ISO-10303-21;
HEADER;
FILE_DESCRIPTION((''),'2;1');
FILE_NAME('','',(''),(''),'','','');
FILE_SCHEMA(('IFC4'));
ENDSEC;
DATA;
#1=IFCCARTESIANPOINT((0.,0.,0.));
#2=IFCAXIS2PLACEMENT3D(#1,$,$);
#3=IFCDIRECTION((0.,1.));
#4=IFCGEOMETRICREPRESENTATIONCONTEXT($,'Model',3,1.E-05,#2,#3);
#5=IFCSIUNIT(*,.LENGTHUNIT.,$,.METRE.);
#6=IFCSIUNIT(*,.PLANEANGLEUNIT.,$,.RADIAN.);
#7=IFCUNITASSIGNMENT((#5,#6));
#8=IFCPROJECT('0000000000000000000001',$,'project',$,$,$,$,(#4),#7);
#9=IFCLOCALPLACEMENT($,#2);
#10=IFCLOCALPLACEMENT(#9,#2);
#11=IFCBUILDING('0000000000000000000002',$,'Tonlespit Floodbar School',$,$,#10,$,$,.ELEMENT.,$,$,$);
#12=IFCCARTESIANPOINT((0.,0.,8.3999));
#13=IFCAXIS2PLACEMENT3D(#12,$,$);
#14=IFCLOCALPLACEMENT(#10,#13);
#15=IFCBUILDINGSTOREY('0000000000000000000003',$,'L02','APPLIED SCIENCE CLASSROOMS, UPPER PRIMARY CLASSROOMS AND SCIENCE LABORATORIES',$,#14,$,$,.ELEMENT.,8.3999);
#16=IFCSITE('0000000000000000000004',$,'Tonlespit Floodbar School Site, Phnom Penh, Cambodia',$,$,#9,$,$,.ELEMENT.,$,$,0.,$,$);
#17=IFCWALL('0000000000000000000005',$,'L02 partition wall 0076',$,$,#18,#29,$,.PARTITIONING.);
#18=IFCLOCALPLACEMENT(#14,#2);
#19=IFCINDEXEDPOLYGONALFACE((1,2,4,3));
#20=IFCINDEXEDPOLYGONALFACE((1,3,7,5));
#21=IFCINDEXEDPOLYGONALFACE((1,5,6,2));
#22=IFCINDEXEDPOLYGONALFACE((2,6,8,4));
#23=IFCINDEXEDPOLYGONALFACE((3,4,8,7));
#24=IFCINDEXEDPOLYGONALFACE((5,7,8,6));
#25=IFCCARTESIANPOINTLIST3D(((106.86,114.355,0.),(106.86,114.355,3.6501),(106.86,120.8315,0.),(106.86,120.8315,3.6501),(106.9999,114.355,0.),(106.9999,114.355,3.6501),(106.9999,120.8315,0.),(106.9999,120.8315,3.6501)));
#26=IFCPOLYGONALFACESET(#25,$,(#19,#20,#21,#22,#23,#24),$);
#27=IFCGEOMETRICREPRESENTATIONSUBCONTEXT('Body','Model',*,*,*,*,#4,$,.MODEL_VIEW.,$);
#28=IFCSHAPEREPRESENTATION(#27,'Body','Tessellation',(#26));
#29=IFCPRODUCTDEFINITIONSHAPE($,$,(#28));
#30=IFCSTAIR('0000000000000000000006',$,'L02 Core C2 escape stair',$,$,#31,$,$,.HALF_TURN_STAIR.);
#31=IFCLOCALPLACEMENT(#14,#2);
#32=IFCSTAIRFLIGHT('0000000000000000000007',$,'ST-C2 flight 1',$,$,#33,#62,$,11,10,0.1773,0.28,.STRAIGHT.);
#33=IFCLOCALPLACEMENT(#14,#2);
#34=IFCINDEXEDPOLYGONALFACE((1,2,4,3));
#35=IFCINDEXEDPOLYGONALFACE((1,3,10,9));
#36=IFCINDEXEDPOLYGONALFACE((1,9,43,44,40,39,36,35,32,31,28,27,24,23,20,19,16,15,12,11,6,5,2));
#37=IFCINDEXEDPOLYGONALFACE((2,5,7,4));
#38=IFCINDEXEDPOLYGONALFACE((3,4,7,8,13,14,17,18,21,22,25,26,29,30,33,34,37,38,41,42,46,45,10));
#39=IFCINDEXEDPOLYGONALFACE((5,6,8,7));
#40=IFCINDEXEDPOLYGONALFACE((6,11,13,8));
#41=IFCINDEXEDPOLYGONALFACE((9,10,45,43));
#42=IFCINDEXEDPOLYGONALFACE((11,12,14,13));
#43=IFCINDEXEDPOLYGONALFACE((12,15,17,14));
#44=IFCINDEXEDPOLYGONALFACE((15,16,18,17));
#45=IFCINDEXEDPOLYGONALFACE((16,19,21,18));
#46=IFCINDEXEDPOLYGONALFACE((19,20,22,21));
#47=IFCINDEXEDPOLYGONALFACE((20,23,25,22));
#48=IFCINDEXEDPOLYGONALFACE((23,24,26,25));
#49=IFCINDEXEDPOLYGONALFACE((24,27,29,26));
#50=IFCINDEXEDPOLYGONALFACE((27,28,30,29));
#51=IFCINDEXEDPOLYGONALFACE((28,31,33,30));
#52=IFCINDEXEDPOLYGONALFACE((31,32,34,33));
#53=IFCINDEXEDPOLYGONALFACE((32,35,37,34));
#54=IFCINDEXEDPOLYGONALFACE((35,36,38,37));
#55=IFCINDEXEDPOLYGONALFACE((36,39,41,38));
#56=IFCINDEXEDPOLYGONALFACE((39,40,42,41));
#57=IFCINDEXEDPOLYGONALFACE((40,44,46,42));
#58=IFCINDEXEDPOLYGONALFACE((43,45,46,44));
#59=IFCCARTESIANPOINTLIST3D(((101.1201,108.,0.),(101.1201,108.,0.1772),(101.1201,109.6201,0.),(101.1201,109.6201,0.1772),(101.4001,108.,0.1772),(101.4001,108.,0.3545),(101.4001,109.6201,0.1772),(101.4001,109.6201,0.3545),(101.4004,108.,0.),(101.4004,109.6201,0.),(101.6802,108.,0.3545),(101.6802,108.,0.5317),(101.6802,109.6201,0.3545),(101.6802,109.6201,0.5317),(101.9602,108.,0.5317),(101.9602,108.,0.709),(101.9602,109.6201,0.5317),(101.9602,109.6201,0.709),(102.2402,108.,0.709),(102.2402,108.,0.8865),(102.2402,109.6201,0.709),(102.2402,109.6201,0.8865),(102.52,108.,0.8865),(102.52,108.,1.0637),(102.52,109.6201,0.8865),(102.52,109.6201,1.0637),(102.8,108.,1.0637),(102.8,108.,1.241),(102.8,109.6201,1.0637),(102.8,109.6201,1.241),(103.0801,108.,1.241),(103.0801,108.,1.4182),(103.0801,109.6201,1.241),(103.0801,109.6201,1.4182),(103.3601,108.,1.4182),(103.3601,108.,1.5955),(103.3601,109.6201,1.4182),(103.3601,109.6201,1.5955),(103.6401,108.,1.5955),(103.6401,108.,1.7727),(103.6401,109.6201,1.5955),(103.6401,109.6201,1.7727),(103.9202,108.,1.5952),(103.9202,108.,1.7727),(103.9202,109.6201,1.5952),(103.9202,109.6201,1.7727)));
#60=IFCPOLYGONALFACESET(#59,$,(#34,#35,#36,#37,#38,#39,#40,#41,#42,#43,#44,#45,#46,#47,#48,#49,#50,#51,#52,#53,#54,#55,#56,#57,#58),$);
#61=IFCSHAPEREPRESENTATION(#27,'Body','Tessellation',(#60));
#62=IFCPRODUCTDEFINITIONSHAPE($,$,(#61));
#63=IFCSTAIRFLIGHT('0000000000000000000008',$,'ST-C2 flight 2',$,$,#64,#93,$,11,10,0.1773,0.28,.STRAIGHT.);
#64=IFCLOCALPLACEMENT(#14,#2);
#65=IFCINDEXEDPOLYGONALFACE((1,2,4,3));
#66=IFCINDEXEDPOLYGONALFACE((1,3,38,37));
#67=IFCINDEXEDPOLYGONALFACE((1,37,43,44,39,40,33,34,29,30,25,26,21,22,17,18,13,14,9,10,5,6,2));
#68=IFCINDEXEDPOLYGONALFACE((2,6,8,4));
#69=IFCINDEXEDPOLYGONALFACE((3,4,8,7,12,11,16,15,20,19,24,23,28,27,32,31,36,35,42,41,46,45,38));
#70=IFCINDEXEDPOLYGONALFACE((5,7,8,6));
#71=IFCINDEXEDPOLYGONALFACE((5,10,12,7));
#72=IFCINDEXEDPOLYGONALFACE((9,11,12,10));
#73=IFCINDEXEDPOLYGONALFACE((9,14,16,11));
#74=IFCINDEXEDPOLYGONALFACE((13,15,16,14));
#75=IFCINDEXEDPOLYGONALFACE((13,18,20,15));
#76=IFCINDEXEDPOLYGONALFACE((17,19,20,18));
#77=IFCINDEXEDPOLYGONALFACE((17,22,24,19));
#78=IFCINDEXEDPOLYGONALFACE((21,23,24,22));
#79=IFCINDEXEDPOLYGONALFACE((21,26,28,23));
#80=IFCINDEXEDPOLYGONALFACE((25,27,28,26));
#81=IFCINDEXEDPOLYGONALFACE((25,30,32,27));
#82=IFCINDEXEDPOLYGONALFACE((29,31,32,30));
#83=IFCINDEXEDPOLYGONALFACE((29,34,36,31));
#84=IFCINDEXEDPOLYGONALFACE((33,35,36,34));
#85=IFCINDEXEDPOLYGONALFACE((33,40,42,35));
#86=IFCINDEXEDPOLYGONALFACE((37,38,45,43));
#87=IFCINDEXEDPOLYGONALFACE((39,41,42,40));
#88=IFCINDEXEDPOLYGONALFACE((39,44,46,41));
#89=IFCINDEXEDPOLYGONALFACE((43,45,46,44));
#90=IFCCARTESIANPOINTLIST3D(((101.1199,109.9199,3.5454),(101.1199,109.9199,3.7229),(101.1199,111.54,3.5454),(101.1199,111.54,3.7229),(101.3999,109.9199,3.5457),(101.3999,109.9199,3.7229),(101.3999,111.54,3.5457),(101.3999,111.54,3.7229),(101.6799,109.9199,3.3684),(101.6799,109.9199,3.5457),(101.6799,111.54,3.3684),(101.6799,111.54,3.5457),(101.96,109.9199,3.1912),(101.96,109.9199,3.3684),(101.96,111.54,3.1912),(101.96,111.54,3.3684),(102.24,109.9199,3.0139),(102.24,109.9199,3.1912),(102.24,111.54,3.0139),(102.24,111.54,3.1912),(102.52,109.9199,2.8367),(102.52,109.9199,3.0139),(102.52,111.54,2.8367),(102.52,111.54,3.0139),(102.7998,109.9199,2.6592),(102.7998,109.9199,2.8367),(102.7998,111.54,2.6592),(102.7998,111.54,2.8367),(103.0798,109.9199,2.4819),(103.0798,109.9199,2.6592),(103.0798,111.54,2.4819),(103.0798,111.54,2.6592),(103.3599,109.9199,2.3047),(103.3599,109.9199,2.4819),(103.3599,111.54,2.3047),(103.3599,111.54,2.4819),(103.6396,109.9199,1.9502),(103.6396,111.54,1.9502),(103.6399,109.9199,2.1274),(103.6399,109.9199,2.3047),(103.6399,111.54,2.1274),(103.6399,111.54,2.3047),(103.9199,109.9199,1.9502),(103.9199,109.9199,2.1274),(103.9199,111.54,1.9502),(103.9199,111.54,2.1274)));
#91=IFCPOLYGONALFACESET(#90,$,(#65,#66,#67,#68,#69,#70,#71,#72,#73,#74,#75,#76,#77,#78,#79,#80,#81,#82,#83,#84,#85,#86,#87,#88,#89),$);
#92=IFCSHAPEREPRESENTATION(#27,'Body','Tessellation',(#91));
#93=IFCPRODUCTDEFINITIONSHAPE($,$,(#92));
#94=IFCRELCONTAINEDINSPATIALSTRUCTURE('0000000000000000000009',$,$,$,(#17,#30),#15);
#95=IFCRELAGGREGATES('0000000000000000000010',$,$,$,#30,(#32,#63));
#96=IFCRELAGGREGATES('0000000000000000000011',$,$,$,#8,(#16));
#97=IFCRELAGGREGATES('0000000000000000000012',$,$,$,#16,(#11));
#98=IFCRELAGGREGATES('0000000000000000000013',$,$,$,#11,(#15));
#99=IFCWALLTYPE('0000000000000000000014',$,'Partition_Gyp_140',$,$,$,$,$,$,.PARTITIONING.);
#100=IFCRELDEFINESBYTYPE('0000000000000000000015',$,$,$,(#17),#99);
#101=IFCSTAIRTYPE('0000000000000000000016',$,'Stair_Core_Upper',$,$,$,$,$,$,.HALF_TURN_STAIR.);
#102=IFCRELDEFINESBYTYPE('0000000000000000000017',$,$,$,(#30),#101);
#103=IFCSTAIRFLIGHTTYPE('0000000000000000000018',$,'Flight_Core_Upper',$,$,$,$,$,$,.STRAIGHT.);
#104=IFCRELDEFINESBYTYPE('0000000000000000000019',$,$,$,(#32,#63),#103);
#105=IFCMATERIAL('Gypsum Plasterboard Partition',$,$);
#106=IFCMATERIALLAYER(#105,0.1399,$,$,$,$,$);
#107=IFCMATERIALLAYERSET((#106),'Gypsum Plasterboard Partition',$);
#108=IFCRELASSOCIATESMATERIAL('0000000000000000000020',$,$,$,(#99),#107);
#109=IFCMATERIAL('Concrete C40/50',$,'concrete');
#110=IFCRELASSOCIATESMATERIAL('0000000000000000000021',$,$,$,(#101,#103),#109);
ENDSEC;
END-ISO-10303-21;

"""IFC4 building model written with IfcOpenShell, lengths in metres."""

from ifc_helpers import new_model, si_unit, direction, frame, frame_2d, origin, place, context, subcontext, project, spatial, polyline, rectangle, outline, extrude, material, layer, layer_set, type_object, element, aggregate, save


model = new_model("IFC4")

# Units and contexts
model_context = context("Model", 3, precision=1e-05, world=origin(), true_north=direction((0.0, 1.0)))
body_context = subcontext(model_context, "Body", "Model", "MODEL_VIEW")
ifc_project = project(units=[si_unit("LENGTHUNIT", "METRE"), si_unit("PLANEANGLEUNIT", "RADIAN")], contexts=[model_context])

# Site, building, storey
site_placement = place(None, origin())
site = spatial("IfcSite", under=ifc_project, at=site_placement, Name="Tonlespit Floodbar School Site, Phnom Penh, Cambodia", CompositionType="ELEMENT", RefElevation=0.0)
building_placement = place(site_placement, origin())
building = spatial("IfcBuilding", under=site, at=building_placement, Name="Tonlespit Floodbar School", CompositionType="ELEMENT")
storey_placement = place(building_placement, frame((0.0, 0.0, 8.3999)))
storey = spatial("IfcBuildingStorey", under=building, at=storey_placement, Name="L02", Description="APPLIED SCIENCE CLASSROOMS, UPPER PRIMARY CLASSROOMS AND SCIENCE LABORATORIES", CompositionType="ELEMENT", Elevation=8.3999)

# Shared definitions
ifc_material_1 = material(Name="Concrete C40/50", Category="concrete")

# Shared definitions
ifc_material_2 = material(Name="Gypsum Plasterboard Partition")

# Wall
ifc_layer_1 = layer(ifc_material_2, 0.1399)
ifc_layer_set_1 = layer_set([ifc_layer_1], Name="Gypsum Plasterboard Partition")
wall_type_1 = type_object("IfcWallType", Name="Partition_Gyp_140", PredefinedType="PARTITIONING", material=ifc_layer_set_1)
wall_1_placement = place(storey_placement, frame((106.9299, 114.355, 0.0), z_axis=(0.0, 0.0, 1.0), x_axis=(0.0, 1.0, 0.0)))
element("IfcWall", 1, at=wall_1_placement, inside=storey, type_object=wall_type_1, Name="L02 partition wall 0076", PredefinedType="PARTITIONING", context=body_context, shape_type="SweptSolid", body=[
    extrude(rectangle(XDim=6.4766, YDim=0.1399, at=frame_2d((3.2383, 0.0))), origin(), (0.0, 0.0, 1.0), 3.6501),
])

# Stair, stair flights
stair_type = type_object("IfcStairType", Name="Stair_Core_Upper", PredefinedType="HALF_TURN_STAIR", material=ifc_material_1)
stair_placement = place(storey_placement, origin())
stair = element("IfcStair", 2, at=stair_placement, inside=storey, type_object=stair_type, Name="L02 Core C2 escape stair", PredefinedType="HALF_TURN_STAIR")
stair_flight_type = type_object("IfcStairFlightType", Name="Flight_Core_Upper", PredefinedType="STRAIGHT", material=ifc_material_1)
stair_flight_1_placement = place(storey_placement, frame((101.1201, 108.8101, 0.0), z_axis=(0.0, 0.0, 1.0), x_axis=(1.0, 0.0, 0.0)))
stair_flight_1 = element("IfcStairFlight", 3, at=stair_flight_1_placement, type_object=stair_flight_type, Name="ST-C2 flight 1", NumberOfRisers=11, NumberOfTreads=10, PredefinedType="STRAIGHT", RiserHeight=0.1773, TreadLength=0.28, context=body_context, shape_type="SweptSolid", body=[
    extrude(outline(polyline([(0.0, 0.0), (0.0, 0.1772), (0.28, 0.1772), (0.28, 0.3545), (0.5601, 0.3545), (0.5601, 0.5317), (0.8401, 0.5317), (0.8401, 0.709), (1.1201, 0.709), (1.1201, 0.8865), (1.3999, 0.8865), (1.3999, 1.0637), (1.6799, 1.0637), (1.6799, 1.241), (1.96, 1.241), (1.96, 1.4182), (2.24, 1.4182), (2.24, 1.5955), (2.52, 1.5955), (2.52, 1.7727), (2.8, 1.7727), (2.8, 1.95), (2.8, 1.5952), (0.2803, 0.0), (0.0, 0.0)])), frame((0.0, 0.8101, 0.0), z_axis=(0.0, -1.0, 0.0), x_axis=(1.0, 0.0, 0.0)), (0.0, 0.0, 1.0), 1.6201),
])
stair_flight_2_placement = place(storey_placement, frame((103.9199, 110.73, 1.9502), z_axis=(0.0, 0.0, 1.0), x_axis=(-1.0, 0.0, 0.0)))
stair_flight_2 = element("IfcStairFlight", 4, at=stair_flight_2_placement, type_object=stair_flight_type, Name="ST-C2 flight 2", NumberOfRisers=11, NumberOfTreads=10, PredefinedType="STRAIGHT", RiserHeight=0.1773, TreadLength=0.28, context=body_context, shape_type="SweptSolid", body=[
    extrude(outline(polyline([(0.0, 0.0), (0.0, 0.1772), (0.28, 0.1772), (0.28, 0.3545), (0.5601, 0.3545), (0.5601, 0.5317), (0.8401, 0.5317), (0.8401, 0.709), (1.1201, 0.709), (1.1201, 0.8865), (1.3999, 0.8865), (1.3999, 1.0637), (1.6799, 1.0637), (1.6799, 1.241), (1.96, 1.241), (1.96, 1.4182), (2.24, 1.4182), (2.24, 1.5955), (2.52, 1.5955), (2.52, 1.7727), (2.8, 1.7727), (2.8, 1.95), (2.8, 1.5952), (0.2803, 0.0), (0.0, 0.0)])), frame((0.0, 0.8101, 0.0), z_axis=(0.0, -1.0, 0.0), x_axis=(1.0, 0.0, 0.0)), (0.0, 0.0, 1.0), 1.6201),
])
aggregate(stair, [stair_flight_1, stair_flight_2])

save(model, "model.ifc")
